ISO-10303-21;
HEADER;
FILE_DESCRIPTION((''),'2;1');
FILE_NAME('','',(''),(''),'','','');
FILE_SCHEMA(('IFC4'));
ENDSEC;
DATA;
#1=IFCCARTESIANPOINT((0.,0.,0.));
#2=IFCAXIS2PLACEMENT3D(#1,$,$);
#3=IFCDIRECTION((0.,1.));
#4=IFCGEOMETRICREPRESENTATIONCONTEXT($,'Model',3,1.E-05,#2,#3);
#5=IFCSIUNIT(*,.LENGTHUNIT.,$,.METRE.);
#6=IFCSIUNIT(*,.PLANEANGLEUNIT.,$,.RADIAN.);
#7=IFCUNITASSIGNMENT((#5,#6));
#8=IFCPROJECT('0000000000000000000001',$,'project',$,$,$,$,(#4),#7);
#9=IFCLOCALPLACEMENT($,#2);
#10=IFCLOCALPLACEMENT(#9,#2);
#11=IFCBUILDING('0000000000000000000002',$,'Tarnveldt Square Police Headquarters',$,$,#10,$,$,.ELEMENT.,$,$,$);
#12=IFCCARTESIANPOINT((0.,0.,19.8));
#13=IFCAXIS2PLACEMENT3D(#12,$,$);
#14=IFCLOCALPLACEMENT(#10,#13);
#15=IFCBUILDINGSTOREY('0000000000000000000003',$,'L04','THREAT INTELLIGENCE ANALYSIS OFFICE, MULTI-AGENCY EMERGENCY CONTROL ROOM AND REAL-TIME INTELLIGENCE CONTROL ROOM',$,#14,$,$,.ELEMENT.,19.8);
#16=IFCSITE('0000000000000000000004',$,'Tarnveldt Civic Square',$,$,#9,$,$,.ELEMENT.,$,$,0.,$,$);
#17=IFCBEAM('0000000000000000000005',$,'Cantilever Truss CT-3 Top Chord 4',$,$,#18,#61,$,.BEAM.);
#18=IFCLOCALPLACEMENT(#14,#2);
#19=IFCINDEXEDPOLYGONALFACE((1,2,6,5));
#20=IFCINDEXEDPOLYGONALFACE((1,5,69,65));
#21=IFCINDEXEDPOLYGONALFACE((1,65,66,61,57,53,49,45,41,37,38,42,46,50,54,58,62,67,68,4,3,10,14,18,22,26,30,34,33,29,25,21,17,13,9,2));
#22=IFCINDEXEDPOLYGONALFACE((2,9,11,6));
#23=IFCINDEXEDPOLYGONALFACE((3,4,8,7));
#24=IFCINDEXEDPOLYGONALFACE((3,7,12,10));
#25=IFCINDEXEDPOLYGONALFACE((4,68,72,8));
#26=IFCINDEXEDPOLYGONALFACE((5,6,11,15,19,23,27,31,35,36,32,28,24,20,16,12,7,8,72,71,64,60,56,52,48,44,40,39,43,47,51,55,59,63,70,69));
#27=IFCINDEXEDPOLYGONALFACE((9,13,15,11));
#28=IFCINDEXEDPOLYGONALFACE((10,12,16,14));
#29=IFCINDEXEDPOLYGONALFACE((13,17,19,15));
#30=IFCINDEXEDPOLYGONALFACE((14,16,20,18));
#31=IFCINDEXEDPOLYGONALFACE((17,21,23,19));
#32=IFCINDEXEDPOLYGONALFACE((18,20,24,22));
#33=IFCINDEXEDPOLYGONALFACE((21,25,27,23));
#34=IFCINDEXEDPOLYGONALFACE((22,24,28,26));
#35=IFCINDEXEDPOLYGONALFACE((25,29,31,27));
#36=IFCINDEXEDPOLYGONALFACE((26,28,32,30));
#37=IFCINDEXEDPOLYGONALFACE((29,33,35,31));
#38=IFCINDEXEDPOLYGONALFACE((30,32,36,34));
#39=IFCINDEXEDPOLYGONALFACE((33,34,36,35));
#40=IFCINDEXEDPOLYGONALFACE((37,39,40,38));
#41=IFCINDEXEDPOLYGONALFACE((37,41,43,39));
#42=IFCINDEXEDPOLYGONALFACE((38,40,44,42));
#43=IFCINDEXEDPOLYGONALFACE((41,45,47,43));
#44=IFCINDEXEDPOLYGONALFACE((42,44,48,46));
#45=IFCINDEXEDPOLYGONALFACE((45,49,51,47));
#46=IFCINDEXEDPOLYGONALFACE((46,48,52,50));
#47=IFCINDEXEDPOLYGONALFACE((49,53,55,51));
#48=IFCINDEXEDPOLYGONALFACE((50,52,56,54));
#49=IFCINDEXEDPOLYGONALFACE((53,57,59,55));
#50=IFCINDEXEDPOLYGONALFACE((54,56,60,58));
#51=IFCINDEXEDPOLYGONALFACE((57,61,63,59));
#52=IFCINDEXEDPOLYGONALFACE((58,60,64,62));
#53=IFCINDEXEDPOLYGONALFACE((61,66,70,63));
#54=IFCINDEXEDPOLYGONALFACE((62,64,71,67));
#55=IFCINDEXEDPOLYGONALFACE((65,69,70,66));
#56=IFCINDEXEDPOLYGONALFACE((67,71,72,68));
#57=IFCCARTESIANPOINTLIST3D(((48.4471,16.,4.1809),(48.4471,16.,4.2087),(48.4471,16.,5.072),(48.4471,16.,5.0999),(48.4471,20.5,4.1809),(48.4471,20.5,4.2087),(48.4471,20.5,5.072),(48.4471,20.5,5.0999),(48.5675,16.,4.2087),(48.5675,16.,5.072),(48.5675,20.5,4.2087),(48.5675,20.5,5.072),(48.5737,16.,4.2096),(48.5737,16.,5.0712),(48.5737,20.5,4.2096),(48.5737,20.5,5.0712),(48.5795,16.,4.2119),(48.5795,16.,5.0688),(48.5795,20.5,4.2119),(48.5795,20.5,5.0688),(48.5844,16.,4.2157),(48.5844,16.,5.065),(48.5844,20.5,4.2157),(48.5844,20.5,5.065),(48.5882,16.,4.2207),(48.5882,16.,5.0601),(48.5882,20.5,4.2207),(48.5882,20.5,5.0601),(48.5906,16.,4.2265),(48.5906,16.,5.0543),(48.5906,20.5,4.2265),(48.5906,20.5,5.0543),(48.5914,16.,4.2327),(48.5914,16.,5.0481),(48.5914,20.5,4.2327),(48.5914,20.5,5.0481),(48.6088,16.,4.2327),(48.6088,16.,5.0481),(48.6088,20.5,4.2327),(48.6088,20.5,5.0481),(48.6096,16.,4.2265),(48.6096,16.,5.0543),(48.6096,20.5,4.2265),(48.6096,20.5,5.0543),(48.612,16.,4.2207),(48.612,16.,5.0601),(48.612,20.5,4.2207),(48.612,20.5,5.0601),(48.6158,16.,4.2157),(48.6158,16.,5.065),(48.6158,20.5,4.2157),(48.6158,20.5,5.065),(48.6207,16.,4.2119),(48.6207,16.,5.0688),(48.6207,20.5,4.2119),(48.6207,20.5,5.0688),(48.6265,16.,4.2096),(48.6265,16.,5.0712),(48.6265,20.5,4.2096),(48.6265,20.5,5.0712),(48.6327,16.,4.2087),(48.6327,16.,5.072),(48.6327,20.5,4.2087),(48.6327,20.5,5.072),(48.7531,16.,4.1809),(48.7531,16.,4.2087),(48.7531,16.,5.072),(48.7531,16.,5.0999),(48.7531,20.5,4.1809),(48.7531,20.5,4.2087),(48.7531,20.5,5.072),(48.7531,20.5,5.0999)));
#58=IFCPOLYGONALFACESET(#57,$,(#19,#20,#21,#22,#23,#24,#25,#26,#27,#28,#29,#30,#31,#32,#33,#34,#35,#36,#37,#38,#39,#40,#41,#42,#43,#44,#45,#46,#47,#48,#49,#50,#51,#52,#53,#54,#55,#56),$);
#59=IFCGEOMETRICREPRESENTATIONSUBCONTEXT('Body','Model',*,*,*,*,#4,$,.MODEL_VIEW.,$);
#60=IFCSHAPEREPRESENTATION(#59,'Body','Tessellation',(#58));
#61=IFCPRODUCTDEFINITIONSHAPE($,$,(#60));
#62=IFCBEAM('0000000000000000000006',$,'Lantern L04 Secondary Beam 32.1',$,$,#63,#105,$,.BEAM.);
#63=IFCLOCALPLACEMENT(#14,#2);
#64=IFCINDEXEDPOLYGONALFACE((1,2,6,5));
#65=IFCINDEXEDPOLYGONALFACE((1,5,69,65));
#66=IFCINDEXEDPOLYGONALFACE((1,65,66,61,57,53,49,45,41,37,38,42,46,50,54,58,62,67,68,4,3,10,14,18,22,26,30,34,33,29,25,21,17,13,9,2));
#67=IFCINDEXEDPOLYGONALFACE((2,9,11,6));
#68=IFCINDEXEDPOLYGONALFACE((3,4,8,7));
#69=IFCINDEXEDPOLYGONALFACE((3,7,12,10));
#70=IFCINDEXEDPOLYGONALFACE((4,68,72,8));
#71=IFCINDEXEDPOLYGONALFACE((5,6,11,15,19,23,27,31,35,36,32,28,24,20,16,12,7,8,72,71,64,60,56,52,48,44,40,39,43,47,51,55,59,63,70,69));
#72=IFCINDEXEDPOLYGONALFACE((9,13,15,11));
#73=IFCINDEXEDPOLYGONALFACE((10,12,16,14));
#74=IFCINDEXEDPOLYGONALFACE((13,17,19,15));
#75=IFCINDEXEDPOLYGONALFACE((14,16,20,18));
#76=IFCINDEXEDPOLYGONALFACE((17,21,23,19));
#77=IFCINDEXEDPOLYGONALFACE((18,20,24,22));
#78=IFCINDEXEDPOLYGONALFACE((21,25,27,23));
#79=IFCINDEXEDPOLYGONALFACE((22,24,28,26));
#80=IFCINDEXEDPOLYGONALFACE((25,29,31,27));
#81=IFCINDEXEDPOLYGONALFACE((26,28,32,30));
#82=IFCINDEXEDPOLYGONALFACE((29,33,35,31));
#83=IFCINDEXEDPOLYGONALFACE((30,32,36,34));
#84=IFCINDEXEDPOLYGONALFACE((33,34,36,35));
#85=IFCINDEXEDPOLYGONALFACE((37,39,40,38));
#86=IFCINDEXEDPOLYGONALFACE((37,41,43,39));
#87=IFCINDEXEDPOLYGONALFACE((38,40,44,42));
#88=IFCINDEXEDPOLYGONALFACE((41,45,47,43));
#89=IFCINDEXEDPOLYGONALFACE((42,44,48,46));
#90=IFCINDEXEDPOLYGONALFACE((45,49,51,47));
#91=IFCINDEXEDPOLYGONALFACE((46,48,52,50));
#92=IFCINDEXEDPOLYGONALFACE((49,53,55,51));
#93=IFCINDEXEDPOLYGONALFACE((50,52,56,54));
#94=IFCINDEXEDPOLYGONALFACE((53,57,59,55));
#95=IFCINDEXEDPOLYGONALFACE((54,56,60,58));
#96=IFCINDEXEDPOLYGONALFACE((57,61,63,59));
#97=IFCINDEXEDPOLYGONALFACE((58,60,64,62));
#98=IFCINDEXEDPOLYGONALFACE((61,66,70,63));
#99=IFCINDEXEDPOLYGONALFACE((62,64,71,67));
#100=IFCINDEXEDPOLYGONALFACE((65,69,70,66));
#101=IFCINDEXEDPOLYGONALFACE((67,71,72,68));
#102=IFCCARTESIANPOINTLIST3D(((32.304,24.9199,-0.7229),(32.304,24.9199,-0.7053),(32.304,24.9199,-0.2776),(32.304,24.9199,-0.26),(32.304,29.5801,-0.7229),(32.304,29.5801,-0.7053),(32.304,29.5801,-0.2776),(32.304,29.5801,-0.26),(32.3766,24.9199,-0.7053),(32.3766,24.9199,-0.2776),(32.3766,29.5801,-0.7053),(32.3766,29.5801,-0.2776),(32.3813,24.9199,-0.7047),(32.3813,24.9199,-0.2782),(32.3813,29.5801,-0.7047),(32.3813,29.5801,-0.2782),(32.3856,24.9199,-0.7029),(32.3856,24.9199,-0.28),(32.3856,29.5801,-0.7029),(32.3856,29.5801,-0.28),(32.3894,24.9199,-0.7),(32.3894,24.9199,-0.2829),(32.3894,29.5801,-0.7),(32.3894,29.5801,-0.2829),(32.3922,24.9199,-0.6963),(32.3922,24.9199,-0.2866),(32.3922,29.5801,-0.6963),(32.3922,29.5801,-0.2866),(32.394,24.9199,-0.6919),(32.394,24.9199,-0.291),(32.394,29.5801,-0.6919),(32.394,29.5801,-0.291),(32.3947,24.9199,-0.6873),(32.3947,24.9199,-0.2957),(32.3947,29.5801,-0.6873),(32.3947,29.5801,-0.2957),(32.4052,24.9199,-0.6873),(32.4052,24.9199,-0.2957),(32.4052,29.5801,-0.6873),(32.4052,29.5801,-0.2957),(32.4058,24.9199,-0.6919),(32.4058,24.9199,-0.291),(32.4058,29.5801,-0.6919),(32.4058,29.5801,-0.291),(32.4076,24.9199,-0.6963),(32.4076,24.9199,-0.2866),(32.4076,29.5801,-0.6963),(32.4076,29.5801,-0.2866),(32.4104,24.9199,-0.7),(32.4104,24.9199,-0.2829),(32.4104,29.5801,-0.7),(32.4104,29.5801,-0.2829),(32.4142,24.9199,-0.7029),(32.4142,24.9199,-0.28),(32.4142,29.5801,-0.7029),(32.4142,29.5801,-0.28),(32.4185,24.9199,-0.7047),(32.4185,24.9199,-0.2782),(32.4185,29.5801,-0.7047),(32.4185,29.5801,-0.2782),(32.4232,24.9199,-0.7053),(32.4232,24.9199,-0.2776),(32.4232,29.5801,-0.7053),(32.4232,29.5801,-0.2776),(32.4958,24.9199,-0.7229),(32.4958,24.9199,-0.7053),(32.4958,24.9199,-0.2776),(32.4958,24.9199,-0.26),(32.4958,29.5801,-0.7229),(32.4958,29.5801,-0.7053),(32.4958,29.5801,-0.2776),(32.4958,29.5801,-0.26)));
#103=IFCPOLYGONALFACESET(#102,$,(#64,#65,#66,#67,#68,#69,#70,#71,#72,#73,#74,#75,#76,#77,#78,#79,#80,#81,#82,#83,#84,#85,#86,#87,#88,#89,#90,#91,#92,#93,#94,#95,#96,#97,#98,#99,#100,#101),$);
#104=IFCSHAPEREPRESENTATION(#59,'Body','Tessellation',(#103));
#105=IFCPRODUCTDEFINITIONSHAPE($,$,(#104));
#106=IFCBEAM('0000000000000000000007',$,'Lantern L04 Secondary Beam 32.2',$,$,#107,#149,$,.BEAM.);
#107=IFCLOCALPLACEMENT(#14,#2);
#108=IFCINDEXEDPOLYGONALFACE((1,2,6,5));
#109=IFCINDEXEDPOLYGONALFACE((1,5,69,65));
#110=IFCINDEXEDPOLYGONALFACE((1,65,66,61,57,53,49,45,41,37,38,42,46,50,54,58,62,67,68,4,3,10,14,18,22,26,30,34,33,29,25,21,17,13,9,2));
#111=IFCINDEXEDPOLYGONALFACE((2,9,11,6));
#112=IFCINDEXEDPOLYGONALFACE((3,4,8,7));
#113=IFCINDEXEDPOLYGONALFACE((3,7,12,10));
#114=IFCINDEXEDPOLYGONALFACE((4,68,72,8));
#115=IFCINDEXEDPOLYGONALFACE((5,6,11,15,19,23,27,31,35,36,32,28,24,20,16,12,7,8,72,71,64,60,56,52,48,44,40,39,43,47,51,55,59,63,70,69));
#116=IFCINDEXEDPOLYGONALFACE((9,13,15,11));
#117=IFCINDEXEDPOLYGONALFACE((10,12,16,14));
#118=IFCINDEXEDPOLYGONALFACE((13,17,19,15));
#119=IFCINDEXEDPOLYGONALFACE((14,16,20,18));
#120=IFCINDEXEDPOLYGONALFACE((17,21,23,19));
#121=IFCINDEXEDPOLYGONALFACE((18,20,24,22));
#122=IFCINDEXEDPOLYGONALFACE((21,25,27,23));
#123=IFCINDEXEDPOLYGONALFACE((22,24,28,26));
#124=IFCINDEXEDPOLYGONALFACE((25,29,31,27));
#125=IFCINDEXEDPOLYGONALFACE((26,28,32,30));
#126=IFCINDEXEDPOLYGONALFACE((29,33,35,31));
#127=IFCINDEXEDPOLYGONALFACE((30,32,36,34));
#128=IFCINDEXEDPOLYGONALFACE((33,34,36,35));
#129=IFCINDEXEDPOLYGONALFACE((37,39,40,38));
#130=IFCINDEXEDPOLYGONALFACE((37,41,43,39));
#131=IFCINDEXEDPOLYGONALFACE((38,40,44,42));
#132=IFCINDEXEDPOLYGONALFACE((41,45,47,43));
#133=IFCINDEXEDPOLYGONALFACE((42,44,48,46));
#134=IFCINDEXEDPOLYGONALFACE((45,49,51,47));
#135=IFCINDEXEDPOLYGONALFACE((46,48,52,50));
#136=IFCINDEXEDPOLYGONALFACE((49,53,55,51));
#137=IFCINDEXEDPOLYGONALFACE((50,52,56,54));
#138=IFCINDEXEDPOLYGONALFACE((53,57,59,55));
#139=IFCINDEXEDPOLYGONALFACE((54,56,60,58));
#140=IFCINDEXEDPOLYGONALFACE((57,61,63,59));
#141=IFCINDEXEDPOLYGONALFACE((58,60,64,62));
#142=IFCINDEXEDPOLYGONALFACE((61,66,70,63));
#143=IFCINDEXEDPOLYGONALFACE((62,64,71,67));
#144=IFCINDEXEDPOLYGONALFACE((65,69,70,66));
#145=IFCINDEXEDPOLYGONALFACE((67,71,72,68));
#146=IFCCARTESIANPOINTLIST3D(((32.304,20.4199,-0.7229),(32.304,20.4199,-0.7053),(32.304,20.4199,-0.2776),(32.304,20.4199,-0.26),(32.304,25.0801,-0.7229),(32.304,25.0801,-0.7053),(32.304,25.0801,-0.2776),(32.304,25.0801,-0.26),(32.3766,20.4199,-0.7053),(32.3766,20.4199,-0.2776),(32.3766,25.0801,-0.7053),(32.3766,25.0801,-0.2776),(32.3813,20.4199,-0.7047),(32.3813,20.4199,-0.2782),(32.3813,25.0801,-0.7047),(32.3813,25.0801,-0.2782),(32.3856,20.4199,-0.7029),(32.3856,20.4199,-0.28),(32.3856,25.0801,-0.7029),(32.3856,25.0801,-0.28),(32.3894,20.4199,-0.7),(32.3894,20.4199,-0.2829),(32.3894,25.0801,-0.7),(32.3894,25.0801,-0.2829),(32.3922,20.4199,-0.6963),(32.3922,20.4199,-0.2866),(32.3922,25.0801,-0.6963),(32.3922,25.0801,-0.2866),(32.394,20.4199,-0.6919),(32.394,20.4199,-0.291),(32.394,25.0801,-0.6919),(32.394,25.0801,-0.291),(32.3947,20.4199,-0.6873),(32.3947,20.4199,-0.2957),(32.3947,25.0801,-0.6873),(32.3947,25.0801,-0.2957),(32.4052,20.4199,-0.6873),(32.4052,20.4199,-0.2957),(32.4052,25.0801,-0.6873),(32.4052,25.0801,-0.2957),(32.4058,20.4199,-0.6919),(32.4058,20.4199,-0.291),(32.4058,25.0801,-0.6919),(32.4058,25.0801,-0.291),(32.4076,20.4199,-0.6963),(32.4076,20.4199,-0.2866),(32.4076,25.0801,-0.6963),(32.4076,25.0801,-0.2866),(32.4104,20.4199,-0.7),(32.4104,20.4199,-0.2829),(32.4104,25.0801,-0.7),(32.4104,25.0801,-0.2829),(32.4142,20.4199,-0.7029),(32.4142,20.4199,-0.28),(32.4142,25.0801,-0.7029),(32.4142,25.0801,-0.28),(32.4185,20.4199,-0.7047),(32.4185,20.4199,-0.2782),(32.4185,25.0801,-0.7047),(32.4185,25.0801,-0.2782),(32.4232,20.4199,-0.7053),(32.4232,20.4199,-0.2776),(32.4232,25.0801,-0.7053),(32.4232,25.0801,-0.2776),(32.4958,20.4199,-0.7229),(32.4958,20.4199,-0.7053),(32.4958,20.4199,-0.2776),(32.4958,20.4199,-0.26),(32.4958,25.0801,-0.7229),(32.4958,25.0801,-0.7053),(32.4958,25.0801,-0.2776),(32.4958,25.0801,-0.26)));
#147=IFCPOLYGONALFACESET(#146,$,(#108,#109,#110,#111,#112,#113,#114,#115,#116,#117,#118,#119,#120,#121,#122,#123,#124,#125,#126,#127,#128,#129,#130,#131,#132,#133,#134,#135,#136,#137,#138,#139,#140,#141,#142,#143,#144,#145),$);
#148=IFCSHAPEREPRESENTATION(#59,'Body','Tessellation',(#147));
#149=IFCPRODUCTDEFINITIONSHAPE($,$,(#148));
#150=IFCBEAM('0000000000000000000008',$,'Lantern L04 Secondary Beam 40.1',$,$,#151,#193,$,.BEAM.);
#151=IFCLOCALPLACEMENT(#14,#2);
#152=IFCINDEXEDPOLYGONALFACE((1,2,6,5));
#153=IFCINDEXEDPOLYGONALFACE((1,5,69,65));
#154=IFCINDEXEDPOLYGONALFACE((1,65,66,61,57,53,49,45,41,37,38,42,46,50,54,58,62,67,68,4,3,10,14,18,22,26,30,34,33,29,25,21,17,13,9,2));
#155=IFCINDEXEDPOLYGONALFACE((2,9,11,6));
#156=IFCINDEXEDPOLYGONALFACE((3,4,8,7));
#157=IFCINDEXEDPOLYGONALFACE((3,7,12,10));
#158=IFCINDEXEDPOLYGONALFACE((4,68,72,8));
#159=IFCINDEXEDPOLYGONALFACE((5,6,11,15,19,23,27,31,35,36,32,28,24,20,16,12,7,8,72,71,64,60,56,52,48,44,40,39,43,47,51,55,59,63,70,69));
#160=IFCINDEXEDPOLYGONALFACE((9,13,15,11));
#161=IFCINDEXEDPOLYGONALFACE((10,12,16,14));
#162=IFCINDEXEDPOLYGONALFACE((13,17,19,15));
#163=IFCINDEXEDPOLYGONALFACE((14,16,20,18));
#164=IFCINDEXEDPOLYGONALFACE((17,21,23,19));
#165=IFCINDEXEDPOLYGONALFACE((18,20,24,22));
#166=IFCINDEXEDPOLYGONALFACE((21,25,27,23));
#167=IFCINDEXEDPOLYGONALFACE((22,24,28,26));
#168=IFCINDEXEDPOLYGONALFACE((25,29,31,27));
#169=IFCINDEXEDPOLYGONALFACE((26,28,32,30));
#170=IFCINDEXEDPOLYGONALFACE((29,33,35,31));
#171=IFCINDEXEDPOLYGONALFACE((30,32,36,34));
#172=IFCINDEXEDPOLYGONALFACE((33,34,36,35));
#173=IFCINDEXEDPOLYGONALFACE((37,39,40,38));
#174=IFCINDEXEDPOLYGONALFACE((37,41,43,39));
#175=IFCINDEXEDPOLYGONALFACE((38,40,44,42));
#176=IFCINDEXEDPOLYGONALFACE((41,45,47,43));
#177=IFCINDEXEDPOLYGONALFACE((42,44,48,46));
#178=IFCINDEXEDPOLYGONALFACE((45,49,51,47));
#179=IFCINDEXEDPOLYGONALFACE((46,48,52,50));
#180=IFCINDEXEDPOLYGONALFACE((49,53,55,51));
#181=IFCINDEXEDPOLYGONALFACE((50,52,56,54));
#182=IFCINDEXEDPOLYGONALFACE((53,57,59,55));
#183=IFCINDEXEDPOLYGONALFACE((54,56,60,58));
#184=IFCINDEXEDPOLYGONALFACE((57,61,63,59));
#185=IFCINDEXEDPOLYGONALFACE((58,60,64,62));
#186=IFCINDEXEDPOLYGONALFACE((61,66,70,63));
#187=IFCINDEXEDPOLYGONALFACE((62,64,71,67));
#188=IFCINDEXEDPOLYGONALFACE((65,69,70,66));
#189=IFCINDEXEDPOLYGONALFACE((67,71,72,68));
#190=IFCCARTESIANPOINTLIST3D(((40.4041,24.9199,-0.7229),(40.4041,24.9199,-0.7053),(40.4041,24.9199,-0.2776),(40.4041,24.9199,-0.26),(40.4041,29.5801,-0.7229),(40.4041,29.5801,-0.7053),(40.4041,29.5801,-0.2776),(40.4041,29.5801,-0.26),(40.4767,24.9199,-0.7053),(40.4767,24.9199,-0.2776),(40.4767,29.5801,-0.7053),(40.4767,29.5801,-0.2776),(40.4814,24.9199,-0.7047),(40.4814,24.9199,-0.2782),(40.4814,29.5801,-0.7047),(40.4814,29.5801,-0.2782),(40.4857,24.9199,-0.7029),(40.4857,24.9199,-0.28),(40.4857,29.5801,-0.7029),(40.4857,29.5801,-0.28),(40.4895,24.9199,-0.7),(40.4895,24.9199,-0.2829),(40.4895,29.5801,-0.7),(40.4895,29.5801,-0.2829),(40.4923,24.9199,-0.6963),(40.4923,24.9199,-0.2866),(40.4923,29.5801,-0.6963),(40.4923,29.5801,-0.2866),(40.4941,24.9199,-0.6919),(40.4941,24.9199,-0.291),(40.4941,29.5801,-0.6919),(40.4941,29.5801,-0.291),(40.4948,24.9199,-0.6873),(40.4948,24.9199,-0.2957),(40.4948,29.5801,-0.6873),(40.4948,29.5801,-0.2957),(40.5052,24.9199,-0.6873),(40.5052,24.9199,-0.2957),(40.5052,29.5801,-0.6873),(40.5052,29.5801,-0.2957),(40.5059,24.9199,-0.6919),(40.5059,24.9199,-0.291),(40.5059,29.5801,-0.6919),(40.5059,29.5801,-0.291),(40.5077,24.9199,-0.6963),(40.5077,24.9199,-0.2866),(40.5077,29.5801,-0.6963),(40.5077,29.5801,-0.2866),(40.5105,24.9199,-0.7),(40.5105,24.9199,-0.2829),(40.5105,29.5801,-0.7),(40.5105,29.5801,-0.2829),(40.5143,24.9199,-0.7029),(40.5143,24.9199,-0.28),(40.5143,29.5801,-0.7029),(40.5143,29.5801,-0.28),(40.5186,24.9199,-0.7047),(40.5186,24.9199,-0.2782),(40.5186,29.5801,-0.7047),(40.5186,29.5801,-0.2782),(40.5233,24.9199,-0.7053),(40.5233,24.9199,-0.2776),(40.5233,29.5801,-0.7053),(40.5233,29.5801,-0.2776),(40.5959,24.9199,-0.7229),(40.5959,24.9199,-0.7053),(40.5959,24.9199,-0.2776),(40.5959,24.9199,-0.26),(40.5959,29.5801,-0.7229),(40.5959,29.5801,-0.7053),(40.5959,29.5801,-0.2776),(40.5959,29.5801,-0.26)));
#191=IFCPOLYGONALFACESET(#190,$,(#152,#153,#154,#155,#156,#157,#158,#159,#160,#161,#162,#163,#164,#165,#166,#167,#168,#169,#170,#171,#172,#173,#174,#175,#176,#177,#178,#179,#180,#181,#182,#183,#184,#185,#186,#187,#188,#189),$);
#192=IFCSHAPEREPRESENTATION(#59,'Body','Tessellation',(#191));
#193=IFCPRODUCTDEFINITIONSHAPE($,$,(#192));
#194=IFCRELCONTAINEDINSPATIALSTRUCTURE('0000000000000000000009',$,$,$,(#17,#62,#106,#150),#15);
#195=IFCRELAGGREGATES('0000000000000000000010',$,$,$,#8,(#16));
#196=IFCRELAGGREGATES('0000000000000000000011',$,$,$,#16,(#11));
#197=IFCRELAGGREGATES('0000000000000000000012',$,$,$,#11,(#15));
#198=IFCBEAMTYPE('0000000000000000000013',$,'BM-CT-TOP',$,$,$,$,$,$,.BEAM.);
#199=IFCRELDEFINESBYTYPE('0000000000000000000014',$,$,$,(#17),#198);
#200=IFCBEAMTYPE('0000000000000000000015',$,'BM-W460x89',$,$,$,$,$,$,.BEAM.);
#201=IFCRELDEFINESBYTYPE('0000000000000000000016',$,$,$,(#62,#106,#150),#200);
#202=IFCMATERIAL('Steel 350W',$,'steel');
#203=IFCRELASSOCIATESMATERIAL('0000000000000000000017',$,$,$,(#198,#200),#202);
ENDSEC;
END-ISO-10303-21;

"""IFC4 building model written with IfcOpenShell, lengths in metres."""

from ifc_helpers import new_model, si_unit, direction, frame, origin, origin_2d, place, context, subcontext, project, spatial, i_section, extrude, material, material_profile, profile_set, type_object, element, save


model = new_model("IFC4")

# Units and contexts
model_context = context("Model", 3, precision=1e-05, world=origin(), true_north=direction((0.0, 1.0)))
body_context = subcontext(model_context, "Body", "Model", "MODEL_VIEW")
ifc_project = project(units=[si_unit("LENGTHUNIT", "METRE"), si_unit("PLANEANGLEUNIT", "RADIAN")], contexts=[model_context])

# Site, building, storey
site_placement = place(None, origin())
site = spatial("IfcSite", under=ifc_project, at=site_placement, Name="Tarnveldt Civic Square", CompositionType="ELEMENT", RefElevation=0.0)
building_placement = place(site_placement, origin())
building = spatial("IfcBuilding", under=site, at=building_placement, Name="Tarnveldt Square Police Headquarters", CompositionType="ELEMENT")
storey_placement = place(building_placement, frame((0.0, 0.0, 19.8)))
storey = spatial("IfcBuildingStorey", under=building, at=storey_placement, Name="L04", Description="THREAT INTELLIGENCE ANALYSIS OFFICE, MULTI-AGENCY EMERGENCY CONTROL ROOM AND REAL-TIME INTELLIGENCE CONTROL ROOM", CompositionType="ELEMENT", Elevation=19.8)

# Beams
ifc_material_1 = material(Name="Steel 350W", Category="steel")
ifc_material_profile_1 = material_profile(ifc_material_1, i_section(OverallWidth=0.3059, OverallDepth=0.9189, WebThickness=0.0173, FlangeThickness=0.0278, FilletRadius=0.0239, at=origin_2d()), Name="W920x253")
ifc_profile_set_1 = profile_set([ifc_material_profile_1], Name="Steel 350W")
beam_type_1 = type_object("IfcBeamType", Name="BM-CT-TOP", PredefinedType="BEAM", material=ifc_profile_set_1)
beam_placement = place(storey_placement, frame((48.6001, 20.5, 4.6404), z_axis=(0.0, -1.0, 0.0), x_axis=(1.0, 0.0, 0.0)))
element("IfcBeam", 1, at=beam_placement, inside=storey, type_object=beam_type_1, Name="Cantilever Truss CT-3 Top Chord 4", PredefinedType="BEAM", context=body_context, shape_type="SweptSolid", body=[
    extrude(i_section(OverallWidth=0.3059, OverallDepth=0.9189, WebThickness=0.0173, FlangeThickness=0.0278, FilletRadius=0.0239, at=origin_2d()), origin(), (0.0, 0.0, 1.0), 4.5),
])
ifc_material_profile_2 = material_profile(ifc_material_1, i_section(OverallWidth=0.1919, OverallDepth=0.4629, WebThickness=0.0105, FlangeThickness=0.0176, FilletRadius=0.0181, at=origin_2d()), Name="W460x89")
ifc_profile_set_2 = profile_set([ifc_material_profile_2], Name="Steel 350W")
beam_type_2 = type_object("IfcBeamType", Name="BM-W460x89", PredefinedType="BEAM", material=ifc_profile_set_2)
for number, where, z_axis, x_axis, name in (
    (2, (32.3999, 29.5801, -0.4915), (0.0, -1.0, 0.0), (1.0, 0.0, 0.0), "Lantern L04 Secondary Beam 32.1"),
    (3, (32.3999, 25.0801, -0.4915), (0.0, -1.0, 0.0), (1.0, 0.0, 0.0), "Lantern L04 Secondary Beam 32.2"),
    (4, (40.5, 29.5801, -0.4915), (0.0, -1.0, 0.0), (1.0, 0.0, 0.0), "Lantern L04 Secondary Beam 40.1"),
):
    element("IfcBeam", number, at=place(storey_placement, frame(where, z_axis=z_axis, x_axis=x_axis)), inside=storey, type_object=beam_type_2, Name=name, PredefinedType="BEAM", context=body_context, shape_type="SweptSolid", body=[
        extrude(i_section(OverallWidth=0.1919, OverallDepth=0.4629, WebThickness=0.0105, FlangeThickness=0.0176, FilletRadius=0.0181, at=origin_2d()), origin(), (0.0, 0.0, 1.0), 4.6602),
    ])

save(model, "model.ifc")
